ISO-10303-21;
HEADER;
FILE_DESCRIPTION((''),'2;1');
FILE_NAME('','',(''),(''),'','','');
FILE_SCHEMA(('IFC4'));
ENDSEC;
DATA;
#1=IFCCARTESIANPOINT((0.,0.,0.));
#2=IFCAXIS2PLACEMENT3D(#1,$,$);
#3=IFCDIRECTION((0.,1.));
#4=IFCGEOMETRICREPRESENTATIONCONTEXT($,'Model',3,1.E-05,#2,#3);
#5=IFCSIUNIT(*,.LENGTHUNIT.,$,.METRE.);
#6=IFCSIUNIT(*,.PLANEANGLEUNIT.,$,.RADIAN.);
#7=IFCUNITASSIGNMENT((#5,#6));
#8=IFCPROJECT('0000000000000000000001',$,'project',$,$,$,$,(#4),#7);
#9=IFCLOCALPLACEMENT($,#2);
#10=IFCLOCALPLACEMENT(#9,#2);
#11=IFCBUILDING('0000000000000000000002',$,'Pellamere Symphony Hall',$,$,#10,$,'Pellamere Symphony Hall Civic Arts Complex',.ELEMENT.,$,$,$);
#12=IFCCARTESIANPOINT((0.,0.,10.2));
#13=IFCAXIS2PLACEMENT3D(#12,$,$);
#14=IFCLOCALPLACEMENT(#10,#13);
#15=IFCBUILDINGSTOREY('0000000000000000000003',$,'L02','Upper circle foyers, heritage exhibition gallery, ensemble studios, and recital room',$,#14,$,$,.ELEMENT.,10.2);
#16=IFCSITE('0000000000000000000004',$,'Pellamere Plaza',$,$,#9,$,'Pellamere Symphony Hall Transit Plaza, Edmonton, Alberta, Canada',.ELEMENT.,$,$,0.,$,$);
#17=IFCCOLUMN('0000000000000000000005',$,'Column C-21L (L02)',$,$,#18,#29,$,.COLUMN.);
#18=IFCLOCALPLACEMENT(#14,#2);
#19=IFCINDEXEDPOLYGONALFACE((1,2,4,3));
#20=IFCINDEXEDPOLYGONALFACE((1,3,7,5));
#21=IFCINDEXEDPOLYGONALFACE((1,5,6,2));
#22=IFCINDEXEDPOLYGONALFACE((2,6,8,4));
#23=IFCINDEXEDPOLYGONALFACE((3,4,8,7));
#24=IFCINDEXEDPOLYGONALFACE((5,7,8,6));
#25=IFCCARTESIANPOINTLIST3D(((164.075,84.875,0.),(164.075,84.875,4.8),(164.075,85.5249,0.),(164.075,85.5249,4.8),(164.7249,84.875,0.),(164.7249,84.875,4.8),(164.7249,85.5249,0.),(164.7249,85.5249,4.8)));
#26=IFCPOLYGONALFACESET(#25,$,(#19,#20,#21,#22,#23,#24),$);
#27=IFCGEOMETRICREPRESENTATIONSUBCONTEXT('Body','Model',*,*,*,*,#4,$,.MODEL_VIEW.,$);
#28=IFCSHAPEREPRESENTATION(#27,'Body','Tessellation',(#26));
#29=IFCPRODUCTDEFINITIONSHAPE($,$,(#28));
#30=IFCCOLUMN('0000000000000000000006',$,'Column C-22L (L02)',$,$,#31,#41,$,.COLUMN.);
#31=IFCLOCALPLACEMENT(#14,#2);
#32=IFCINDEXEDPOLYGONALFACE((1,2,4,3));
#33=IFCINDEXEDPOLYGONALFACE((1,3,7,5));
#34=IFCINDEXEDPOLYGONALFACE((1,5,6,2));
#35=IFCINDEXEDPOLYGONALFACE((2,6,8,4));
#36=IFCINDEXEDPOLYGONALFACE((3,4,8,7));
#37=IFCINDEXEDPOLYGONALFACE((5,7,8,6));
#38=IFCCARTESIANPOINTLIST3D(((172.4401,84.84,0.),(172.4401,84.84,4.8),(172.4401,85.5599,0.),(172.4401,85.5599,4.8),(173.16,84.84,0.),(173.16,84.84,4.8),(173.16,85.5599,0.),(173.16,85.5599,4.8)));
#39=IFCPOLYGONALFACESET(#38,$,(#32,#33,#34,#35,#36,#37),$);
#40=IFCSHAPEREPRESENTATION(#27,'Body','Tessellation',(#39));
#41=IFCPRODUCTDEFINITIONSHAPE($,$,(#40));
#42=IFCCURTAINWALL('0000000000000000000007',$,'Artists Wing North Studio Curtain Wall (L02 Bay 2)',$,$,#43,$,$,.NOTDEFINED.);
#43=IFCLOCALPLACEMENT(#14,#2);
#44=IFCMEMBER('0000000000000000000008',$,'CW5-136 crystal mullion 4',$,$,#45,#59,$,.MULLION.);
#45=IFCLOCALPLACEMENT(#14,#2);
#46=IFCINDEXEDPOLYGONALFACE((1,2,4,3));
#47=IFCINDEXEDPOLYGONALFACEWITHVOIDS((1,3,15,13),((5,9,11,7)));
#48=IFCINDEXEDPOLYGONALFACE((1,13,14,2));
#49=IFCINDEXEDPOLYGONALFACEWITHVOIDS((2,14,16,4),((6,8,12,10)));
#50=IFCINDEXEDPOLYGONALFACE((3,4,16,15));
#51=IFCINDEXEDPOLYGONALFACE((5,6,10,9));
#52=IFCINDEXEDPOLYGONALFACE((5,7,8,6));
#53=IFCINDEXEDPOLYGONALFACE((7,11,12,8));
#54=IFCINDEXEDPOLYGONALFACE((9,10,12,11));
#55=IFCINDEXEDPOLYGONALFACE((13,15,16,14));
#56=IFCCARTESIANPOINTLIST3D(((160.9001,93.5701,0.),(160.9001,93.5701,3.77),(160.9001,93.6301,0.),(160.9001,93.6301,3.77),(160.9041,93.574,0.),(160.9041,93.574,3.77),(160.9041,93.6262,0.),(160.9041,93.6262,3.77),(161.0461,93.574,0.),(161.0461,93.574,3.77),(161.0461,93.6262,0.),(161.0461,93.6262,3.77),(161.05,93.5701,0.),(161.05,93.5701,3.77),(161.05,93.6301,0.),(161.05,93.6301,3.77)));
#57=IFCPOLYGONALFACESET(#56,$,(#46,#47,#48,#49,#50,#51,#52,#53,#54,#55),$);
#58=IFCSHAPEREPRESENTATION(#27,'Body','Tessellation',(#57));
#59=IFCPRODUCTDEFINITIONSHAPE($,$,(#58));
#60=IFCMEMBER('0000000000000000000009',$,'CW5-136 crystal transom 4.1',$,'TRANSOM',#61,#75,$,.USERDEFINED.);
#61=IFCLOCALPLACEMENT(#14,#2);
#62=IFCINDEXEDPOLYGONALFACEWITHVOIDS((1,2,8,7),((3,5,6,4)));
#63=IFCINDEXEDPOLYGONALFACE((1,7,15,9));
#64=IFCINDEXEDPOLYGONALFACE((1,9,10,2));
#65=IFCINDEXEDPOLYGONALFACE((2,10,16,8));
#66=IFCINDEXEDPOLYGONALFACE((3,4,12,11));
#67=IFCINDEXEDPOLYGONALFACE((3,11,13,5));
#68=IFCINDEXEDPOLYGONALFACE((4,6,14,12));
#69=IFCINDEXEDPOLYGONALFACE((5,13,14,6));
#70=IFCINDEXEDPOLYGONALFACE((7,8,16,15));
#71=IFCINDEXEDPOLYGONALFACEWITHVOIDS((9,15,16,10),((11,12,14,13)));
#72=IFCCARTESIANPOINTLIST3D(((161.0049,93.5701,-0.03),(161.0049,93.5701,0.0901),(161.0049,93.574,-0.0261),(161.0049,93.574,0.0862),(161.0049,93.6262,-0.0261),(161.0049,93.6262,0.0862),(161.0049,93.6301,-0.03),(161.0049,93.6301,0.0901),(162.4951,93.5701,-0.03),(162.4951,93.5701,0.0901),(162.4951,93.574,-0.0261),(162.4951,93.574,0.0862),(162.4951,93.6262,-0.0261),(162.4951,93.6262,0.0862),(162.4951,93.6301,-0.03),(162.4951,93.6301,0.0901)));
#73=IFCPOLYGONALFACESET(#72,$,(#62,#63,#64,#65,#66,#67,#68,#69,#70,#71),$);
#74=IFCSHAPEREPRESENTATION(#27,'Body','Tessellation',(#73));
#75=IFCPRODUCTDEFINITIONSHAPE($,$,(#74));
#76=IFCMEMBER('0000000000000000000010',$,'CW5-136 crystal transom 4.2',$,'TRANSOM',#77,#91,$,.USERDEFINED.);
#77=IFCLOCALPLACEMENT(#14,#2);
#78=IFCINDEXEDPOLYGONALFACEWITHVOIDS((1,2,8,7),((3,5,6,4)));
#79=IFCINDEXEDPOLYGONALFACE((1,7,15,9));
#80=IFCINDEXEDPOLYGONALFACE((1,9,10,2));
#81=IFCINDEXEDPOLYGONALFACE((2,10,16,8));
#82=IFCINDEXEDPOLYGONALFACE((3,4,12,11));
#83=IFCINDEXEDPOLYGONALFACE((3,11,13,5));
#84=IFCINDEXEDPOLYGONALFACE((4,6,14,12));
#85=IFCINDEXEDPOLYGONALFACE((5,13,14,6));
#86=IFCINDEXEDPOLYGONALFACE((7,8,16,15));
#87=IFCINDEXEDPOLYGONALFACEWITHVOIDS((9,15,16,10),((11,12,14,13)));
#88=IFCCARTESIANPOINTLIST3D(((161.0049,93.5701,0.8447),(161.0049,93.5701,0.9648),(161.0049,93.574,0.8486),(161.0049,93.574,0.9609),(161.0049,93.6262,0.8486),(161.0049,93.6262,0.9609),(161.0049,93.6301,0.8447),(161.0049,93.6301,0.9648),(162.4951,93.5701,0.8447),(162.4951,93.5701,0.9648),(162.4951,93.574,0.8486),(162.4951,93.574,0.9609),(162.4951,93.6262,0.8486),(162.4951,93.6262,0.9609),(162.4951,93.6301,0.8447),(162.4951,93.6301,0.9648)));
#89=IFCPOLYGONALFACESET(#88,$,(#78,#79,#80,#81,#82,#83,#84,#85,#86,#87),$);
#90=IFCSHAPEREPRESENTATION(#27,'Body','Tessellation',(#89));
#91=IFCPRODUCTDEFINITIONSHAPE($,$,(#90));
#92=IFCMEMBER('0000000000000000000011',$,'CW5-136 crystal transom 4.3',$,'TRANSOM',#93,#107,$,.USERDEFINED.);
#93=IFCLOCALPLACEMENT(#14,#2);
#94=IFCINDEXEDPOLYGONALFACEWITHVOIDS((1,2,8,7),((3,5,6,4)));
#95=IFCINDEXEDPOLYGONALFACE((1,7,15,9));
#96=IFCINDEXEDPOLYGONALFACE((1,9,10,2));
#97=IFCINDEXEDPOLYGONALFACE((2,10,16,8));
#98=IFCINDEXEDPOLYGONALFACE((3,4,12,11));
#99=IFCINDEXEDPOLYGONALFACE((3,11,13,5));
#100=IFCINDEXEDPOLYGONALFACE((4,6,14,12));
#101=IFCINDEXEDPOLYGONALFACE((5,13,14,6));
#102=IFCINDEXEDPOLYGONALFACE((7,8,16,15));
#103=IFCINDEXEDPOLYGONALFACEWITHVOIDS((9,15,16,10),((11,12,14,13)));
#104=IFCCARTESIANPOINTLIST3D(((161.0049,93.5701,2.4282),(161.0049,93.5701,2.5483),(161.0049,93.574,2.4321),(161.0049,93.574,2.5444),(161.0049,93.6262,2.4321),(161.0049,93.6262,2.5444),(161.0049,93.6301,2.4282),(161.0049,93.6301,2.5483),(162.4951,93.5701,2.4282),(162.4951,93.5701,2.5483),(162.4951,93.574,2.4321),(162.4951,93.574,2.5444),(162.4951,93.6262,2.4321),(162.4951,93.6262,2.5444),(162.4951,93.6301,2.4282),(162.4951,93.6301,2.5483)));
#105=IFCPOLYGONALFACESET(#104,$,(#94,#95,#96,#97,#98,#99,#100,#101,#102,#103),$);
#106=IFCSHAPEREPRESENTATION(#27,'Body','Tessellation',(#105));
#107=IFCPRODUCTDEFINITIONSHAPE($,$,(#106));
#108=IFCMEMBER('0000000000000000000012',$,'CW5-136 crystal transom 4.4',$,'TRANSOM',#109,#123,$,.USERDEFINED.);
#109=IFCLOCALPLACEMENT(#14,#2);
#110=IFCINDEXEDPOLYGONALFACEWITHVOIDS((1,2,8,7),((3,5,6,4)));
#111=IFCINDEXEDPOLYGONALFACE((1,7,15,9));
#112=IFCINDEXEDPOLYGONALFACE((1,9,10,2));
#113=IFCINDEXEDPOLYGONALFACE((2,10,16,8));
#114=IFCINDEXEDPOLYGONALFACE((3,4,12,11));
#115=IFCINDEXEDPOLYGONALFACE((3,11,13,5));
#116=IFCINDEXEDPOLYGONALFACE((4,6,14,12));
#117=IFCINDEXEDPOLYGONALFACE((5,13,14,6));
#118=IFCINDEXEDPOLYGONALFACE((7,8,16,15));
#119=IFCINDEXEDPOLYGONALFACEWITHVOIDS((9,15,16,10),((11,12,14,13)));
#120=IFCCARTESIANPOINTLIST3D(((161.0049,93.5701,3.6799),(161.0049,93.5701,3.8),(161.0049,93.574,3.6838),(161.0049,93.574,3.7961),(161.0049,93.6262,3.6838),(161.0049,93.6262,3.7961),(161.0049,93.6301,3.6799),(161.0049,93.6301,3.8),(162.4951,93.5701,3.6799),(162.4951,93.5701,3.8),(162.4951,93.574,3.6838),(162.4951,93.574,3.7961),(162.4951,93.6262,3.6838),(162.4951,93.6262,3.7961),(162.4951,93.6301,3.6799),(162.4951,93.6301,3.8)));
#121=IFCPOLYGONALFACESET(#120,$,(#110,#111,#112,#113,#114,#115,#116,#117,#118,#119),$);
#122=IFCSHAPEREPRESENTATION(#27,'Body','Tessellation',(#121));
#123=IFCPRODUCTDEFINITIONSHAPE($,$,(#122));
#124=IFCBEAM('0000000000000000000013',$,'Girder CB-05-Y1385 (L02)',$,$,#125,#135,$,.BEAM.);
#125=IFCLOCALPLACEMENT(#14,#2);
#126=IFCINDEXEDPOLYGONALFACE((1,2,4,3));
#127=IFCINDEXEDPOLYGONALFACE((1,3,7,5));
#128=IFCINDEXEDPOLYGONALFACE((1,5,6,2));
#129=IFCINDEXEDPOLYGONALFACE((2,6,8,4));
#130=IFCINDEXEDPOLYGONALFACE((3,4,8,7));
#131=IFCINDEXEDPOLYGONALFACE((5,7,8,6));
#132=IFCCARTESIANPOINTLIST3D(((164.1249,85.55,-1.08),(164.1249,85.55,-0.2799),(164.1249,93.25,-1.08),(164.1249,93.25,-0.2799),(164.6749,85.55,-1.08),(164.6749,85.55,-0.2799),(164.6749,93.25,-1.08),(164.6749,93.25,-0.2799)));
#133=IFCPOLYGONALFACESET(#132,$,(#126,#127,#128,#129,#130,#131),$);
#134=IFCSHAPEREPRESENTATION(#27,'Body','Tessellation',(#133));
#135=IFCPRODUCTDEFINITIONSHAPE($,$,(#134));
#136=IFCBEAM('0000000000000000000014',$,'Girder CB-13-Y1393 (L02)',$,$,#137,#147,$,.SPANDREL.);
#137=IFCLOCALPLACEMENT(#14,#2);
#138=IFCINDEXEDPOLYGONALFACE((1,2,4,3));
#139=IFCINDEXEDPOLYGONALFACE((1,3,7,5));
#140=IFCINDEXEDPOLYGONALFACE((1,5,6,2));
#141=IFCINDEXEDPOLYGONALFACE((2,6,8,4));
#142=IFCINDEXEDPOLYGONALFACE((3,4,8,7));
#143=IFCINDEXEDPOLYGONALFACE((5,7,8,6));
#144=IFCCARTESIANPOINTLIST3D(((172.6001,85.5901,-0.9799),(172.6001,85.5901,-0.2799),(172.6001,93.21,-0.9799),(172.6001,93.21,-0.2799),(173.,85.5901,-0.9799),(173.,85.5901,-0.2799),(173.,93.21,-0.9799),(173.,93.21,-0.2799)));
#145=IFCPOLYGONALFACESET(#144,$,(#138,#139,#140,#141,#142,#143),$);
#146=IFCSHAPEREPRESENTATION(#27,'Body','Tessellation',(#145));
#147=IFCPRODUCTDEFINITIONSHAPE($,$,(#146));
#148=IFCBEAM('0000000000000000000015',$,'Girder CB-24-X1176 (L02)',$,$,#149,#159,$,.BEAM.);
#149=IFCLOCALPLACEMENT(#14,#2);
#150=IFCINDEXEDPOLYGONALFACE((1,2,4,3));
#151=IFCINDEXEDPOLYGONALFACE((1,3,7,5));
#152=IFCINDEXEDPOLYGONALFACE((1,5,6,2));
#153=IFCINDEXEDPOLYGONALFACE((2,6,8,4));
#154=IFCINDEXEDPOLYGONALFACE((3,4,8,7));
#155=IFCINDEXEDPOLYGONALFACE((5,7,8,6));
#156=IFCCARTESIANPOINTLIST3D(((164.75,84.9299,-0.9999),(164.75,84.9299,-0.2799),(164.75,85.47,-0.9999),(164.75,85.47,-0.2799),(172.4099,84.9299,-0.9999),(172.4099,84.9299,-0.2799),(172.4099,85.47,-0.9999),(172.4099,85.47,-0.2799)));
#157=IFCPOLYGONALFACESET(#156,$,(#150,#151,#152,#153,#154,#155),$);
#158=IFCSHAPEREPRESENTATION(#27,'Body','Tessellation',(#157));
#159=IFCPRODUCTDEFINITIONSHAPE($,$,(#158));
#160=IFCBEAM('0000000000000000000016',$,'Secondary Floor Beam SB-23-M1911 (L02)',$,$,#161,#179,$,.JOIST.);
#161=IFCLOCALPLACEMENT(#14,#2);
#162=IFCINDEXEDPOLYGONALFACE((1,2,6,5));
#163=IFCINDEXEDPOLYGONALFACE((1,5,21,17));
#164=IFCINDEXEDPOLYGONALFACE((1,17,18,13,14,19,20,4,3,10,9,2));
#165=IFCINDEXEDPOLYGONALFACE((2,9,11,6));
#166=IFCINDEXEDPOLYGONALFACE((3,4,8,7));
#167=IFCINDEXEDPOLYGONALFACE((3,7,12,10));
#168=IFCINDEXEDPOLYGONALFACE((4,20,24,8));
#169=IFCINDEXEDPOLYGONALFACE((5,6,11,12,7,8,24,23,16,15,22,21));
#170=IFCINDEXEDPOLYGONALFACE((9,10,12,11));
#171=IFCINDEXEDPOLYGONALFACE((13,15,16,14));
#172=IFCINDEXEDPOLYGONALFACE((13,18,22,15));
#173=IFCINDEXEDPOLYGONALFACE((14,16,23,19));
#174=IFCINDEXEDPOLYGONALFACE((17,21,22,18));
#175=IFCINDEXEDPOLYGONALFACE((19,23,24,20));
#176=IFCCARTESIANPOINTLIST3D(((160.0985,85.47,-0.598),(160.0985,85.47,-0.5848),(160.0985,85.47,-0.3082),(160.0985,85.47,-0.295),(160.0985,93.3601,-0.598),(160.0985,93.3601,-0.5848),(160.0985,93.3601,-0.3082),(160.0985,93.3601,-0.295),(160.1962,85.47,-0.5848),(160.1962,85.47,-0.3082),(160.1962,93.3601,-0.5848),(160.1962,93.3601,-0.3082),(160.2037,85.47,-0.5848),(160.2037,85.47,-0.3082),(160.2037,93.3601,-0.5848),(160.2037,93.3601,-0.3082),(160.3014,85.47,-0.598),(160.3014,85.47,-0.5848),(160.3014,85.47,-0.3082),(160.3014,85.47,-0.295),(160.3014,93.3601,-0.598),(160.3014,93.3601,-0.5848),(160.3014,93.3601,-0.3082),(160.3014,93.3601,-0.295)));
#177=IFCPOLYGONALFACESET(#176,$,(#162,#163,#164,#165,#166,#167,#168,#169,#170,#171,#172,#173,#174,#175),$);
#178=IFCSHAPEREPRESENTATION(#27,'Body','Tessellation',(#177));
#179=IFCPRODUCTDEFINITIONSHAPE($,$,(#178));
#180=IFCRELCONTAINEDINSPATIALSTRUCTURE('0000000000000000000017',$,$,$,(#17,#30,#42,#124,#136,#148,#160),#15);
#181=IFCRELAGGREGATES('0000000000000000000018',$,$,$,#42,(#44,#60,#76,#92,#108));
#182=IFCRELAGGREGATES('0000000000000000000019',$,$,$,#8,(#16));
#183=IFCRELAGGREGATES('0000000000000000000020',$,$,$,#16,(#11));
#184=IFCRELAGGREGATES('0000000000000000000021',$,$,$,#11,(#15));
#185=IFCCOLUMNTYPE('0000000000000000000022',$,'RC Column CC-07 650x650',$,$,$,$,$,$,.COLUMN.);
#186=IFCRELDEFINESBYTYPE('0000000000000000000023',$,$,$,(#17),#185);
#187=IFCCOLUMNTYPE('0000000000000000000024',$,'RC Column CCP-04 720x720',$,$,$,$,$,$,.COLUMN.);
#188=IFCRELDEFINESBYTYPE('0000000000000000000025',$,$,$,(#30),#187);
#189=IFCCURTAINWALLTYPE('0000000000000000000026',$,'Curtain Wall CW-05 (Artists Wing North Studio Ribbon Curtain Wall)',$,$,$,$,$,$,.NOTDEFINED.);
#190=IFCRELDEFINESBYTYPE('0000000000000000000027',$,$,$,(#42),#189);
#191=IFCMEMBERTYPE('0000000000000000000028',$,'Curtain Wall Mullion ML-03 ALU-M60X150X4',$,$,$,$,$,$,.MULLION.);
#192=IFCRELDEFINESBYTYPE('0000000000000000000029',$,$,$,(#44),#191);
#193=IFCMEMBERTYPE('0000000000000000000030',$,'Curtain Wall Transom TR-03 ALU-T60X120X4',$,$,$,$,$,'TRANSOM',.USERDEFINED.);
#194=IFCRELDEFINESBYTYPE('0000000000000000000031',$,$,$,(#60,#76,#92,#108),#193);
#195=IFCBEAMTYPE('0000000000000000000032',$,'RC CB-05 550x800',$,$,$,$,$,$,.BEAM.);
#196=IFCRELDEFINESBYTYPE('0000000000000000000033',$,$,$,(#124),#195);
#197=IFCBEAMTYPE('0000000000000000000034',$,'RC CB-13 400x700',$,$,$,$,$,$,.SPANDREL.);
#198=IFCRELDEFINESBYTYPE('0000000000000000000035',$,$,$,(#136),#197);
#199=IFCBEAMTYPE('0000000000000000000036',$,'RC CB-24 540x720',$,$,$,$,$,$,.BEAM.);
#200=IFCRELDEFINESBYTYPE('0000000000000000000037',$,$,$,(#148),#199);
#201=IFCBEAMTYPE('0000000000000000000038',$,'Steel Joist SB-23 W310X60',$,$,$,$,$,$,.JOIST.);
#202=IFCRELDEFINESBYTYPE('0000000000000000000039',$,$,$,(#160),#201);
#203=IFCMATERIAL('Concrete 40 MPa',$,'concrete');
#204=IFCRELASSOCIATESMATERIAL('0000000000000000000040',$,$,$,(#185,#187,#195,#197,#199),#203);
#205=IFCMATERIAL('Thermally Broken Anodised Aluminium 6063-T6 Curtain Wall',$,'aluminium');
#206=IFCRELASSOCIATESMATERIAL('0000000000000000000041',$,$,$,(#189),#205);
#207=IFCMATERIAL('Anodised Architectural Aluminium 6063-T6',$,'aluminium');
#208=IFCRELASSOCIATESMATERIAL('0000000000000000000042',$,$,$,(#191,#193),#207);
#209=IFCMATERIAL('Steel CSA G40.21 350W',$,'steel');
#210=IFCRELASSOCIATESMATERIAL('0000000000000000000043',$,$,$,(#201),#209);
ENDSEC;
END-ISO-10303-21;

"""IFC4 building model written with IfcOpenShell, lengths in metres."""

from ifc_helpers import new_model, si_unit, direction, frame, origin, origin_2d, place, context, subcontext, project, spatial, rectangle, hollow_rectangle, i_section, extrude, material, material_profile, profile_set, type_object, element, aggregate, save


model = new_model("IFC4")

# Units and contexts
model_context = context("Model", 3, precision=1e-05, world=origin(), true_north=direction((0.0, 1.0)))
body_context = subcontext(model_context, "Body", "Model", "MODEL_VIEW")
ifc_project = project(units=[si_unit("LENGTHUNIT", "METRE"), si_unit("PLANEANGLEUNIT", "RADIAN")], contexts=[model_context])

# Site, building, storey
site_placement = place(None, origin())
site = spatial("IfcSite", under=ifc_project, at=site_placement, Name="Pellamere Plaza", LongName="Pellamere Symphony Hall Transit Plaza, Edmonton, Alberta, Canada", CompositionType="ELEMENT", RefElevation=0.0)
building_placement = place(site_placement, origin())
building = spatial("IfcBuilding", under=site, at=building_placement, Name="Pellamere Symphony Hall", LongName="Pellamere Symphony Hall Civic Arts Complex", CompositionType="ELEMENT")
storey_placement = place(building_placement, frame((0.0, 0.0, 10.2)))
storey = spatial("IfcBuildingStorey", under=building, at=storey_placement, Name="L02", Description="Upper circle foyers, heritage exhibition gallery, ensemble studios, and recital room", CompositionType="ELEMENT", Elevation=10.2)

# Columns
ifc_material_1 = material(Name="Concrete 40 MPa", Category="concrete")
ifc_material_profile_1 = material_profile(ifc_material_1, rectangle(XDim=0.6499, YDim=0.6499, at=origin_2d()), Name="RC 650x650")
ifc_profile_set_1 = profile_set([ifc_material_profile_1], Name="Concrete 40 MPa")
column_type_1 = type_object("IfcColumnType", Name="RC Column CC-07 650x650", PredefinedType="COLUMN", material=ifc_profile_set_1)
column_1_placement = place(storey_placement, frame((164.3999, 85.2, 0.0), z_axis=(0.0, 0.0, 1.0), x_axis=(1.0, 0.0, 0.0)))
element("IfcColumn", 1, at=column_1_placement, inside=storey, type_object=column_type_1, Name="Column C-21L (L02)", PredefinedType="COLUMN", context=body_context, shape_type="SweptSolid", body=[
    extrude(rectangle(XDim=0.6499, YDim=0.6499, at=origin_2d()), origin(), (0.0, 0.0, 1.0), 4.8),
])
ifc_material_profile_2 = material_profile(ifc_material_1, rectangle(XDim=0.72, YDim=0.72, at=origin_2d()), Name="RC 720x720")
ifc_profile_set_2 = profile_set([ifc_material_profile_2], Name="Concrete 40 MPa")
column_type_2 = type_object("IfcColumnType", Name="RC Column CCP-04 720x720", PredefinedType="COLUMN", material=ifc_profile_set_2)
column_2_placement = place(storey_placement, frame((172.8, 85.2, 0.0), z_axis=(0.0, 0.0, 1.0), x_axis=(1.0, 0.0, 0.0)))
element("IfcColumn", 2, at=column_2_placement, inside=storey, type_object=column_type_2, Name="Column C-22L (L02)", PredefinedType="COLUMN", context=body_context, shape_type="SweptSolid", body=[
    extrude(rectangle(XDim=0.72, YDim=0.72, at=origin_2d()), origin(), (0.0, 0.0, 1.0), 4.8),
])

# Curtain wall, members
ifc_material_2 = material(Name="Thermally Broken Anodised Aluminium 6063-T6 Curtain Wall", Category="aluminium")
curtain_wall_type = type_object("IfcCurtainWallType", Name="Curtain Wall CW-05 (Artists Wing North Studio Ribbon Curtain Wall)", PredefinedType="NOTDEFINED", material=ifc_material_2)
curtain_wall_placement = place(storey_placement, origin())
curtain_wall = element("IfcCurtainWall", 3, at=curtain_wall_placement, inside=storey, type_object=curtain_wall_type, Name="Artists Wing North Studio Curtain Wall (L02 Bay 2)", PredefinedType="NOTDEFINED")
ifc_material_3 = material(Name="Anodised Architectural Aluminium 6063-T6", Category="aluminium")
ifc_material_profile_3 = material_profile(ifc_material_3, hollow_rectangle(XDim=0.0601, YDim=0.1499, WallThickness=0.0039, at=origin_2d()), Name="ALU-M60X150X4")
ifc_profile_set_3 = profile_set([ifc_material_profile_3], Name="Anodised Architectural Aluminium 6063-T6")
member_type_1 = type_object("IfcMemberType", Name="Curtain Wall Mullion ML-03 ALU-M60X150X4", PredefinedType="MULLION", material=ifc_profile_set_3)
member_1_placement = place(storey_placement, frame((160.9751, 93.6001, 0.0), z_axis=(0.0, 0.0, 1.0), x_axis=(0.0, 1.0, 0.0)))
member_1 = element("IfcMember", 4, at=member_1_placement, type_object=member_type_1, Name="CW5-136 crystal mullion 4", PredefinedType="MULLION", context=body_context, shape_type="SweptSolid", body=[
    extrude(hollow_rectangle(XDim=0.0601, YDim=0.1499, WallThickness=0.0039, at=origin_2d()), origin(), (0.0, 0.0, 1.0), 3.77),
])
ifc_material_profile_4 = material_profile(ifc_material_3, hollow_rectangle(XDim=0.0601, YDim=0.1201, WallThickness=0.0039, at=origin_2d()), Name="ALU-T60X120X4")
ifc_profile_set_4 = profile_set([ifc_material_profile_4], Name="Anodised Architectural Aluminium 6063-T6")
member_type_2 = type_object("IfcMemberType", Name="Curtain Wall Transom TR-03 ALU-T60X120X4", ElementType="TRANSOM", PredefinedType="USERDEFINED", material=ifc_profile_set_4)
member_2_placement = place(storey_placement, frame((161.0049, 93.6001, 0.03), z_axis=(1.0, 0.0, 0.0), x_axis=(0.0, 1.0, 0.0)))
member_2 = element("IfcMember", 5, at=member_2_placement, type_object=member_type_2, Name="CW5-136 crystal transom 4.1", ObjectType="TRANSOM", PredefinedType="USERDEFINED", context=body_context, shape_type="SweptSolid", body=[
    extrude(hollow_rectangle(XDim=0.0601, YDim=0.1201, WallThickness=0.0039, at=origin_2d()), origin(), (0.0, 0.0, 1.0), 1.4902),
])
member_3_placement = place(storey_placement, frame((161.0049, 93.6001, 0.9048), z_axis=(1.0, 0.0, 0.0), x_axis=(0.0, 1.0, 0.0)))
member_3 = element("IfcMember", 6, at=member_3_placement, type_object=member_type_2, Name="CW5-136 crystal transom 4.2", ObjectType="TRANSOM", PredefinedType="USERDEFINED", context=body_context, shape_type="SweptSolid", body=[
    extrude(hollow_rectangle(XDim=0.0601, YDim=0.1201, WallThickness=0.0039, at=origin_2d()), origin(), (0.0, 0.0, 1.0), 1.4902),
])
member_4_placement = place(storey_placement, frame((161.0049, 93.6001, 2.4883), z_axis=(1.0, 0.0, 0.0), x_axis=(0.0, 1.0, 0.0)))
member_4 = element("IfcMember", 7, at=member_4_placement, type_object=member_type_2, Name="CW5-136 crystal transom 4.3", ObjectType="TRANSOM", PredefinedType="USERDEFINED", context=body_context, shape_type="SweptSolid", body=[
    extrude(hollow_rectangle(XDim=0.0601, YDim=0.1201, WallThickness=0.0039, at=origin_2d()), origin(), (0.0, 0.0, 1.0), 1.4902),
])
member_5_placement = place(storey_placement, frame((161.0049, 93.6001, 3.74), z_axis=(1.0, 0.0, 0.0), x_axis=(0.0, 1.0, 0.0)))
member_5 = element("IfcMember", 8, at=member_5_placement, type_object=member_type_2, Name="CW5-136 crystal transom 4.4", ObjectType="TRANSOM", PredefinedType="USERDEFINED", context=body_context, shape_type="SweptSolid", body=[
    extrude(hollow_rectangle(XDim=0.0601, YDim=0.1201, WallThickness=0.0039, at=origin_2d()), origin(), (0.0, 0.0, 1.0), 1.4902),
])

# Beams
ifc_material_profile_5 = material_profile(ifc_material_1, rectangle(XDim=0.55, YDim=0.8, at=origin_2d()), Name="RC 550x800")
ifc_profile_set_5 = profile_set([ifc_material_profile_5], Name="Concrete 40 MPa")
beam_type_1 = type_object("IfcBeamType", Name="RC CB-05 550x800", PredefinedType="BEAM", material=ifc_profile_set_5)
beam_1_placement = place(storey_placement, frame((164.3999, 85.55, -0.6799), z_axis=(0.0, 1.0, 0.0), x_axis=(-1.0, 0.0, 0.0)))
element("IfcBeam", 9, at=beam_1_placement, inside=storey, type_object=beam_type_1, Name="Girder CB-05-Y1385 (L02)", PredefinedType="BEAM", context=body_context, shape_type="SweptSolid", body=[
    extrude(rectangle(XDim=0.55, YDim=0.8, at=origin_2d()), origin(), (0.0, 0.0, 1.0), 7.7),
])
ifc_material_profile_6 = material_profile(ifc_material_1, rectangle(XDim=0.3999, YDim=0.7, at=origin_2d()), Name="RC 400x700")
ifc_profile_set_6 = profile_set([ifc_material_profile_6], Name="Concrete 40 MPa")
beam_type_2 = type_object("IfcBeamType", Name="RC CB-13 400x700", PredefinedType="SPANDREL", material=ifc_profile_set_6)
beam_2_placement = place(storey_placement, frame((172.8, 85.5901, -0.6299), z_axis=(0.0, 1.0, 0.0), x_axis=(-1.0, 0.0, 0.0)))
element("IfcBeam", 10, at=beam_2_placement, inside=storey, type_object=beam_type_2, Name="Girder CB-13-Y1393 (L02)", PredefinedType="SPANDREL", context=body_context, shape_type="SweptSolid", body=[
    extrude(rectangle(XDim=0.3999, YDim=0.7, at=origin_2d()), origin(), (0.0, 0.0, 1.0), 7.6199),
])
ifc_material_profile_7 = material_profile(ifc_material_1, rectangle(XDim=0.54, YDim=0.72, at=origin_2d()), Name="RC 540x720")
ifc_profile_set_7 = profile_set([ifc_material_profile_7], Name="Concrete 40 MPa")
beam_type_3 = type_object("IfcBeamType", Name="RC CB-24 540x720", PredefinedType="BEAM", material=ifc_profile_set_7)
beam_3_placement = place(storey_placement, frame((164.75, 85.2, -0.6399), z_axis=(1.0, 0.0, 0.0), x_axis=(0.0, 1.0, 0.0)))
element("IfcBeam", 11, at=beam_3_placement, inside=storey, type_object=beam_type_3, Name="Girder CB-24-X1176 (L02)", PredefinedType="BEAM", context=body_context, shape_type="SweptSolid", body=[
    extrude(rectangle(XDim=0.54, YDim=0.72, at=origin_2d()), origin(), (0.0, 0.0, 1.0), 7.6599),
])
ifc_material_4 = material(Name="Steel CSA G40.21 350W", Category="steel")
ifc_material_profile_8 = material_profile(ifc_material_4, i_section(OverallWidth=0.2029, OverallDepth=0.303, WebThickness=0.0076, FlangeThickness=0.0132, at=origin_2d()), Name="W310X60")
ifc_profile_set_8 = profile_set([ifc_material_profile_8], Name="Steel CSA G40.21 350W")
beam_type_4 = type_object("IfcBeamType", Name="Steel Joist SB-23 W310X60", PredefinedType="JOIST", material=ifc_profile_set_8)
beam_4_placement = place(storey_placement, frame((160.2, 85.47, -0.4465), z_axis=(0.0, 1.0, 0.0), x_axis=(-1.0, 0.0, 0.0)))
element("IfcBeam", 12, at=beam_4_placement, inside=storey, type_object=beam_type_4, Name="Secondary Floor Beam SB-23-M1911 (L02)", PredefinedType="JOIST", context=body_context, shape_type="SweptSolid", body=[
    extrude(i_section(OverallWidth=0.2029, OverallDepth=0.303, WebThickness=0.0076, FlangeThickness=0.0132, at=origin_2d()), origin(), (0.0, 0.0, 1.0), 7.8901),
])

aggregate(curtain_wall, [member_1, member_2, member_3, member_4, member_5])

save(model, "model.ifc")
